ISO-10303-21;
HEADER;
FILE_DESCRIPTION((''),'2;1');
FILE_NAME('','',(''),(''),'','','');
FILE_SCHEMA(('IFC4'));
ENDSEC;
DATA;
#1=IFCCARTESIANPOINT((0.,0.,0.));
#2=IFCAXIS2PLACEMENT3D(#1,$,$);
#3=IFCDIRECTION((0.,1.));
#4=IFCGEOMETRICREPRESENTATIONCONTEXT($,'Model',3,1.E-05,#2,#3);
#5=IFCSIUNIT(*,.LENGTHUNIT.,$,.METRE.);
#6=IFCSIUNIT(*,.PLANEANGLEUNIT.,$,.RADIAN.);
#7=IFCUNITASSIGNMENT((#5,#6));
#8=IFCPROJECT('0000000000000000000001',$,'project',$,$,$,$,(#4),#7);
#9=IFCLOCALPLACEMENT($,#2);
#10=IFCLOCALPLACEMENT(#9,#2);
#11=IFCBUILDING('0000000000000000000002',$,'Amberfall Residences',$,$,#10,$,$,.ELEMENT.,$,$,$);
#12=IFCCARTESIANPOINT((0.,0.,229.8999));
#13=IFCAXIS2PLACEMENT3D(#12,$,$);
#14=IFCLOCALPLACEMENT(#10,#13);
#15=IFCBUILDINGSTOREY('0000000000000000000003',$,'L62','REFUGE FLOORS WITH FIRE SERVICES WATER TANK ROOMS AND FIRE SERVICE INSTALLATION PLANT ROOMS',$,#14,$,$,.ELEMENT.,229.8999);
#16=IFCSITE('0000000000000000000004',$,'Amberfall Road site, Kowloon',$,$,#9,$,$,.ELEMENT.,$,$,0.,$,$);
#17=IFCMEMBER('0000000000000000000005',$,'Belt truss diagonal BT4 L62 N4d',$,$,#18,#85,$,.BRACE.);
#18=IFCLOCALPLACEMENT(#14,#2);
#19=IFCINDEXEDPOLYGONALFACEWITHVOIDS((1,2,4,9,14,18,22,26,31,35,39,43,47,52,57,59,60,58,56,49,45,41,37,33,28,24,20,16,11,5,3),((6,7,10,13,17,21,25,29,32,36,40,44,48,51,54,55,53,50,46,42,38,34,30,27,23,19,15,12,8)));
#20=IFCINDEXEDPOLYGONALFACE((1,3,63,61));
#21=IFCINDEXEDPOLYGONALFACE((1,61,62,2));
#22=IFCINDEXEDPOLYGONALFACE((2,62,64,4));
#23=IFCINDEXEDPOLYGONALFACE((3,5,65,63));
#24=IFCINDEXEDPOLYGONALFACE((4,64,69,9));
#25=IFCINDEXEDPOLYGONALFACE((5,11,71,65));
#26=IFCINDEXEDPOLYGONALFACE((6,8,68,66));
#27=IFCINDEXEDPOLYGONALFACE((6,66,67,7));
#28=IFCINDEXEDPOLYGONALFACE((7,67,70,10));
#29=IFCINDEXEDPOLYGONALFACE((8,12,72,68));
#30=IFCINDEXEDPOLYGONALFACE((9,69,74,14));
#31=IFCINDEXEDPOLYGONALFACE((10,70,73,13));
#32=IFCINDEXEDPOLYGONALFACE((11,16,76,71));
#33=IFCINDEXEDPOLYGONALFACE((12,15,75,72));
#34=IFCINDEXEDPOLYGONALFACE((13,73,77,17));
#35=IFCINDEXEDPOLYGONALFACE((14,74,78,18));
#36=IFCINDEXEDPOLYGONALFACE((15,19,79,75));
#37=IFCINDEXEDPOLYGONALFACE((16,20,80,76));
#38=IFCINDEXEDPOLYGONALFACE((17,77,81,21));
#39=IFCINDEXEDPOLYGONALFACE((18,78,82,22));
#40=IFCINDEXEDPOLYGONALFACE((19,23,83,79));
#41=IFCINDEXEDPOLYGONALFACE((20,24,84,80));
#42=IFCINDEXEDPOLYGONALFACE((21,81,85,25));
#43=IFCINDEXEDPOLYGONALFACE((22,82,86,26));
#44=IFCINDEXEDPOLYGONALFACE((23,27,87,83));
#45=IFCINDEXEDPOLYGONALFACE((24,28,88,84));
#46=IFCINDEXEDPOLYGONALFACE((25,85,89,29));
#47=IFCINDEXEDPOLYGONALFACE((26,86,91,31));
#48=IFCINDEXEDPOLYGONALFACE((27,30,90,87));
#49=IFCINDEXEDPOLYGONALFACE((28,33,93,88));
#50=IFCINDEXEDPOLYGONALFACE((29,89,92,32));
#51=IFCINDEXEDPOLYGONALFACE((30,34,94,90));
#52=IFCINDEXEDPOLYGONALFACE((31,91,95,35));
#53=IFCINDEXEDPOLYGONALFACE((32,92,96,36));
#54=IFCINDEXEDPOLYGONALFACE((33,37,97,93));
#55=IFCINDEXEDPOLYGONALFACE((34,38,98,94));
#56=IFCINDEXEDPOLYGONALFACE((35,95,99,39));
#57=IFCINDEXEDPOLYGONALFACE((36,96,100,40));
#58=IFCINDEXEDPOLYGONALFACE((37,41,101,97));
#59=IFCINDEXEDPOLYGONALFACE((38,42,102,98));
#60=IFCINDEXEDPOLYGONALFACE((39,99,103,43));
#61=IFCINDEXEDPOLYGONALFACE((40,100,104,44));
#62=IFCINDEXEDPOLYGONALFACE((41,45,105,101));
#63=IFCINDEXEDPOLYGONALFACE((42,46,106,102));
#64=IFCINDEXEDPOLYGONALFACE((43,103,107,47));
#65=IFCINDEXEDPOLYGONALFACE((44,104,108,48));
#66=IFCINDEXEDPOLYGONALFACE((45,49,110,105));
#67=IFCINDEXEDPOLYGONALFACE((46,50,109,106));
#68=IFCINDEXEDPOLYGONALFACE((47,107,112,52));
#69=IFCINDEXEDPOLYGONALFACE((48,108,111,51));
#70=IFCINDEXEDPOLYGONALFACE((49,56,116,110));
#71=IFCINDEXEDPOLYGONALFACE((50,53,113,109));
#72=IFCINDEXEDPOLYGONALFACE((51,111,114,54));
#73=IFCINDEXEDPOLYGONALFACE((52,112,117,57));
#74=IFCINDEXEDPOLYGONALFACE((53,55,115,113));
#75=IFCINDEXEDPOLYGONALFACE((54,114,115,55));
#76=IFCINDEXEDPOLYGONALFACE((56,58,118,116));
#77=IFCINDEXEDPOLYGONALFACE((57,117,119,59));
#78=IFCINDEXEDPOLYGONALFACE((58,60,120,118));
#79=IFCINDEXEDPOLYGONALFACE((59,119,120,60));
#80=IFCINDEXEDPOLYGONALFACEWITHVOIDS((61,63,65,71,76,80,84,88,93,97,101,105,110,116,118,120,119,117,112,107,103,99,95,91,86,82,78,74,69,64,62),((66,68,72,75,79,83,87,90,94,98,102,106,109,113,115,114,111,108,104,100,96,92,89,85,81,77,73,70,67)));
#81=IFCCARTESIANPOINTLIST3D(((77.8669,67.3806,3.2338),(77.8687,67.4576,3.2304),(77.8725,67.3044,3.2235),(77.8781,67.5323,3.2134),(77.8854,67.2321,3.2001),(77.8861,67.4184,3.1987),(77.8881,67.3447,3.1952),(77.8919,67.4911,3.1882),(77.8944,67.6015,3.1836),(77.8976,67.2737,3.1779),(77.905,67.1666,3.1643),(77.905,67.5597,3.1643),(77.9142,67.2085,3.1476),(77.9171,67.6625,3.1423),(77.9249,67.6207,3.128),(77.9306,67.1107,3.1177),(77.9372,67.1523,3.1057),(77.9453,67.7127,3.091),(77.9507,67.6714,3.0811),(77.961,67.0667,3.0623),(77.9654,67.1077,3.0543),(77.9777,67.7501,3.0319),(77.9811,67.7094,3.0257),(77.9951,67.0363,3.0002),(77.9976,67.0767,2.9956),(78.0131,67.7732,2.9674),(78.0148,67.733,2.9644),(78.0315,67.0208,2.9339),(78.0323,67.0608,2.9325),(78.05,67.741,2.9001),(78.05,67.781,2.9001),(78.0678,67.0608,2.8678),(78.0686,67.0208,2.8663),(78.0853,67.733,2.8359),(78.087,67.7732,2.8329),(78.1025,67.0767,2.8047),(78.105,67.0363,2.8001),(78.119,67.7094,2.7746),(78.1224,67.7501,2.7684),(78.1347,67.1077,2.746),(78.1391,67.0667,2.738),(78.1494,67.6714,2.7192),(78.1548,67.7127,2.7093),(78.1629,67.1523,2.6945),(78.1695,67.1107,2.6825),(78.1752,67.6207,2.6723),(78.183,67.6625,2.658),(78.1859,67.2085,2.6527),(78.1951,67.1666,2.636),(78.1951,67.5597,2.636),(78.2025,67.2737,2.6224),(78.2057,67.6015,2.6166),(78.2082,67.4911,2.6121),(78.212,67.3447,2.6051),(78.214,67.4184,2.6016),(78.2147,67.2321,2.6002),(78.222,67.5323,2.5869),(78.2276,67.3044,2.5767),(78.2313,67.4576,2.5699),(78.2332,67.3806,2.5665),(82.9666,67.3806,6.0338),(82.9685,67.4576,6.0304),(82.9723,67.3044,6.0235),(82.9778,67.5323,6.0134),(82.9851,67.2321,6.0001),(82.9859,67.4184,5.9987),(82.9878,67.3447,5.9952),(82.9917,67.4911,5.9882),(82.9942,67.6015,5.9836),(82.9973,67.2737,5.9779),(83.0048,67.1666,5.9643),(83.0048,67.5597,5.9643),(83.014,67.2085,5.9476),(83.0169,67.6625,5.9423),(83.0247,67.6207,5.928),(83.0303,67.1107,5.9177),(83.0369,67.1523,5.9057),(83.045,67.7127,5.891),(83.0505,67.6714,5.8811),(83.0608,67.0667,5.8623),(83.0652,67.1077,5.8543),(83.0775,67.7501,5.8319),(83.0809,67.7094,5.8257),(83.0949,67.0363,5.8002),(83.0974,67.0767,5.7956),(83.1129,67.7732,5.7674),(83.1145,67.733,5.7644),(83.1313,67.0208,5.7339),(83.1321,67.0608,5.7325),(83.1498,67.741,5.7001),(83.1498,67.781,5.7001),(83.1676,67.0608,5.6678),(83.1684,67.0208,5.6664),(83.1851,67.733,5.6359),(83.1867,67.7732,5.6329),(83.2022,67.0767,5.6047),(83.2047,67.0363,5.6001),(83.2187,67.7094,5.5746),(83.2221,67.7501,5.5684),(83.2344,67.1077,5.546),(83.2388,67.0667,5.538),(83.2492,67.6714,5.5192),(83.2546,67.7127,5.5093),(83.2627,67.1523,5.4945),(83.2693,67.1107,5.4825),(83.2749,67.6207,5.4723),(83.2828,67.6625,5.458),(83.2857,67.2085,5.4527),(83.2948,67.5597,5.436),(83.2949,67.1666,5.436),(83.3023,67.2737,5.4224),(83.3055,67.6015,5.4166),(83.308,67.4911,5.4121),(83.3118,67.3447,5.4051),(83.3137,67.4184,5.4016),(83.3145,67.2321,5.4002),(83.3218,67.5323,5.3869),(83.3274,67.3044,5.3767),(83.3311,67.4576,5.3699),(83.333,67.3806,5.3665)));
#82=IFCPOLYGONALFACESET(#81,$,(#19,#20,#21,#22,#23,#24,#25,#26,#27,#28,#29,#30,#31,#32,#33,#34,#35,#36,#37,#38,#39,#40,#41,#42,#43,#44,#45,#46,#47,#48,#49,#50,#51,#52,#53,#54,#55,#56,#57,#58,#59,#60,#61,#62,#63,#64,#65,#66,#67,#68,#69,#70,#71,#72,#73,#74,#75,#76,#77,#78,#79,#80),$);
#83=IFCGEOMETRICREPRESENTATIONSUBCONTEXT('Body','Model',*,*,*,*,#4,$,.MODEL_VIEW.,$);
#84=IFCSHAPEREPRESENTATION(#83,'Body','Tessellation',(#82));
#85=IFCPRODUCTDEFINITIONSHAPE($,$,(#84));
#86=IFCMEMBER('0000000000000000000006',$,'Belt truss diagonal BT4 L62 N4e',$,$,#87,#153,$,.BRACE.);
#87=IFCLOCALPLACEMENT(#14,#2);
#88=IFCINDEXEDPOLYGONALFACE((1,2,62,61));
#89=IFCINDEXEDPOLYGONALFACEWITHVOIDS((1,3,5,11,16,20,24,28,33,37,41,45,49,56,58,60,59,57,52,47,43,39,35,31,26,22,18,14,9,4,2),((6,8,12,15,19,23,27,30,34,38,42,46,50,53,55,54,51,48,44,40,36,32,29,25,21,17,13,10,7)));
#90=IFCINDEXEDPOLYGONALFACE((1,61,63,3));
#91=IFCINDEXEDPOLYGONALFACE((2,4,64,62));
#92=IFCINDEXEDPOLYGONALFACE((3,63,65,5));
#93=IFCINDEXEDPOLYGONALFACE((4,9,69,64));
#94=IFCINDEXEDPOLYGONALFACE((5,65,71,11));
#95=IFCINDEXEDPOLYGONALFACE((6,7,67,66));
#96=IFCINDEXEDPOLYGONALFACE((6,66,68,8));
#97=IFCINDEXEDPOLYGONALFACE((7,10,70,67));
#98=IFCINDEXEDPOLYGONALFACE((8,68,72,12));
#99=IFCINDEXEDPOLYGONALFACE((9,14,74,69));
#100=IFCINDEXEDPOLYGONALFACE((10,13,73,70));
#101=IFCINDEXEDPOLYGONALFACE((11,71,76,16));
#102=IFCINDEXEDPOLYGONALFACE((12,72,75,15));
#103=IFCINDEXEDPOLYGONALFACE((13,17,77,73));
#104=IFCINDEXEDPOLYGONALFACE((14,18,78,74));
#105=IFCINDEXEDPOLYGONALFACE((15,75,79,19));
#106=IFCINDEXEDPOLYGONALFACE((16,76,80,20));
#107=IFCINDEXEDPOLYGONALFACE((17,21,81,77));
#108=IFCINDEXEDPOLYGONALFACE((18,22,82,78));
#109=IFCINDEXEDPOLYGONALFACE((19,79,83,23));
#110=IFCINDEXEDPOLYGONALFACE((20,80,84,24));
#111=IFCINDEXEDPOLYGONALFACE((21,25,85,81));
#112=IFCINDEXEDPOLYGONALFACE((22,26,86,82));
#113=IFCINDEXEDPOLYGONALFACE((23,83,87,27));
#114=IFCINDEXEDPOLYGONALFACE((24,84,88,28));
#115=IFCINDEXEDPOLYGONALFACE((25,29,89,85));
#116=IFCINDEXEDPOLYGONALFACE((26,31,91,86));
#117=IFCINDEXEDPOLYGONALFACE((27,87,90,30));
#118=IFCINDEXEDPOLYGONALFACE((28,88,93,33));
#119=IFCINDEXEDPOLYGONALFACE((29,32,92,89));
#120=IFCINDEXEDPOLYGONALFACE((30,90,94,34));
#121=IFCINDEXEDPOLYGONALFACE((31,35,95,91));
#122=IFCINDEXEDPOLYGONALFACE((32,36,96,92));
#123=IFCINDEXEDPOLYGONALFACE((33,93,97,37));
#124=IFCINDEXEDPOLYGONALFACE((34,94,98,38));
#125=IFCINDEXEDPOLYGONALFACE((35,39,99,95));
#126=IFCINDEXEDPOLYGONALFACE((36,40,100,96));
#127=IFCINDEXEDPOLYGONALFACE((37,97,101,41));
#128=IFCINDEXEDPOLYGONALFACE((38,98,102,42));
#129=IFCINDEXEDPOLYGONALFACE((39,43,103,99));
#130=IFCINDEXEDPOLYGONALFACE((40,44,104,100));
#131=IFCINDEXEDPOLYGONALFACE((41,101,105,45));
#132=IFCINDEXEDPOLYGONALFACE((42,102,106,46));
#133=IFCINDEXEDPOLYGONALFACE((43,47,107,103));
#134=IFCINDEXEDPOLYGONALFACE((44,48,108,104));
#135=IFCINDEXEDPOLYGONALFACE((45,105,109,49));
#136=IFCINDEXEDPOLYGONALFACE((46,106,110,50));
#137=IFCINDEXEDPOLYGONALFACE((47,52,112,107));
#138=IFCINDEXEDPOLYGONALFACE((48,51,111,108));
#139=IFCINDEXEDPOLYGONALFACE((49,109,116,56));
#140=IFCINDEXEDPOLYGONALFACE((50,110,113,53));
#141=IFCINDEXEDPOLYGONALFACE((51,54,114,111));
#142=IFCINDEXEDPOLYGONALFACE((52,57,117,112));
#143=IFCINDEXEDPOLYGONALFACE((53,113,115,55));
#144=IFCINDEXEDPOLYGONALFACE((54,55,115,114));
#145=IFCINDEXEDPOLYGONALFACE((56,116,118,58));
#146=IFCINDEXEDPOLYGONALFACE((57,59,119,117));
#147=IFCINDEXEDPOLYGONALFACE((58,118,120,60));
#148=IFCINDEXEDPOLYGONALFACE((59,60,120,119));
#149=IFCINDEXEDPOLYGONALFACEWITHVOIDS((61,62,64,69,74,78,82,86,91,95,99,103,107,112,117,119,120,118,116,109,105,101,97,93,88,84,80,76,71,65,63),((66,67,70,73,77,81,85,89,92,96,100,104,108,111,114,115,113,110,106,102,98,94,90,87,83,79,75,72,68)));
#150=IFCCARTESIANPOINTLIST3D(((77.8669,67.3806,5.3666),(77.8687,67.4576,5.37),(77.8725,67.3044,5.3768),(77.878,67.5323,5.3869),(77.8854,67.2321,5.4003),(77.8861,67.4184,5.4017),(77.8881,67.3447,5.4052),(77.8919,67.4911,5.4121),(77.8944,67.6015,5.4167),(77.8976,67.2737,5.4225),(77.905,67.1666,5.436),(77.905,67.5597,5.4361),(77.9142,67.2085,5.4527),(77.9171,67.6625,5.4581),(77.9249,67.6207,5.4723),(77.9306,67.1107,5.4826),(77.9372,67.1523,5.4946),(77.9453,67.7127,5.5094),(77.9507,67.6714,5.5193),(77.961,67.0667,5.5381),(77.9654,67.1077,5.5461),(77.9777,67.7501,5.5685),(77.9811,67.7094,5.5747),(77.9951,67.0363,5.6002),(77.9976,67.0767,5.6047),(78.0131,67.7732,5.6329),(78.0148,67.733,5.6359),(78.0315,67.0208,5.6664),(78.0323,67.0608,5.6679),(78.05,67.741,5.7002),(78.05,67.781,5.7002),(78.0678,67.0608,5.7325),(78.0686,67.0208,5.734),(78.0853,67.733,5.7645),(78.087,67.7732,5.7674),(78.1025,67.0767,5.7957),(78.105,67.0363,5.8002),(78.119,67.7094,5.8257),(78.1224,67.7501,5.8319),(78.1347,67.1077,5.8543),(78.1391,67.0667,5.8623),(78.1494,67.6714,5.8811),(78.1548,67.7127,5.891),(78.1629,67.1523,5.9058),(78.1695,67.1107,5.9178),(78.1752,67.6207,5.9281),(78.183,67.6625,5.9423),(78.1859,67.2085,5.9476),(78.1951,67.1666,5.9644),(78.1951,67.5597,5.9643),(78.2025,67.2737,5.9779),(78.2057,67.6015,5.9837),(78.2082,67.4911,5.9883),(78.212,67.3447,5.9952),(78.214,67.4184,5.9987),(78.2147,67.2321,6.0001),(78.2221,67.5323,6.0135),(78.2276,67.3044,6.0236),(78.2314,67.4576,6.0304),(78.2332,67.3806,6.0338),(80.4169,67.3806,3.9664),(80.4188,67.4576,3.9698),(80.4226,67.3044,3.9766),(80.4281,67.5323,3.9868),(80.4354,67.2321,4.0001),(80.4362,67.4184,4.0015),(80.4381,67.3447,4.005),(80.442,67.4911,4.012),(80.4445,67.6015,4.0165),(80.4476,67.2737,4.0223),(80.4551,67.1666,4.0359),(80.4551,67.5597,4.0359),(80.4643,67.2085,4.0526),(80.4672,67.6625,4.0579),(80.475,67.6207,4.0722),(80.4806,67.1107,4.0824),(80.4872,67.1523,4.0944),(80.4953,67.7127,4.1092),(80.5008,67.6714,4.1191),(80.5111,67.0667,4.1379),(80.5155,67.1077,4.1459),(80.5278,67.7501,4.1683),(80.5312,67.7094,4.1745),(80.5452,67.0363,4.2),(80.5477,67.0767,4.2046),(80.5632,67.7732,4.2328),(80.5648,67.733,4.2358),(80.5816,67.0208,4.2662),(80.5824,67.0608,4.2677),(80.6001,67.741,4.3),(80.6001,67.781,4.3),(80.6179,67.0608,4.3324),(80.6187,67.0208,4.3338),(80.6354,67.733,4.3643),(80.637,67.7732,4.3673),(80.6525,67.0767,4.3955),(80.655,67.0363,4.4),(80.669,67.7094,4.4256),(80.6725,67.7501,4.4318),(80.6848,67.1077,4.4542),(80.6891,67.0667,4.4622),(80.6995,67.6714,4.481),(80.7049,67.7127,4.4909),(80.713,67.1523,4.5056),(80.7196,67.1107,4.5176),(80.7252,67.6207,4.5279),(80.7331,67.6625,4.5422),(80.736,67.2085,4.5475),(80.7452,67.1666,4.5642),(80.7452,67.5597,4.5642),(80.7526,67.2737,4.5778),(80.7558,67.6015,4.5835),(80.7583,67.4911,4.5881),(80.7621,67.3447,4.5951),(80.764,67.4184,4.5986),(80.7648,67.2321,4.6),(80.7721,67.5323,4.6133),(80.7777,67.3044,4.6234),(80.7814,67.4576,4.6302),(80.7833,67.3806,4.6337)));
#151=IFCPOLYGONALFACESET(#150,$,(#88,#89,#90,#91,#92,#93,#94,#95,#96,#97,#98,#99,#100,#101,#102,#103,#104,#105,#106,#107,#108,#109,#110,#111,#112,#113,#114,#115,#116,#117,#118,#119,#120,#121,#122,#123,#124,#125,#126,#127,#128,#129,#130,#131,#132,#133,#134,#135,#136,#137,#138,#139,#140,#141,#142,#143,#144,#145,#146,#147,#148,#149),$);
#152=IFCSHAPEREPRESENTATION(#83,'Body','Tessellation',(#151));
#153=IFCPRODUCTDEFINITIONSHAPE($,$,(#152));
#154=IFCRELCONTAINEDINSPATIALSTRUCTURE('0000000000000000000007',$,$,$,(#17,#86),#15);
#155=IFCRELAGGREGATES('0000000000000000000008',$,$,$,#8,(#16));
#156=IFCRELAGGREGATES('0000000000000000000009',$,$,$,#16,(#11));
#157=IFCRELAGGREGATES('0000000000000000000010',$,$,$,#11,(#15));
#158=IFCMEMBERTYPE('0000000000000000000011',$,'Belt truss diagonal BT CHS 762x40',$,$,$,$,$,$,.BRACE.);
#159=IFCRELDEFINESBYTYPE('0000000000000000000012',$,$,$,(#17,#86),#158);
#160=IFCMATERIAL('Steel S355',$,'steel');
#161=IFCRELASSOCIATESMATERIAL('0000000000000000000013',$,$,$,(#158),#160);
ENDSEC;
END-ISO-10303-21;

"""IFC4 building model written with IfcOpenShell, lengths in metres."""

from ifc_helpers import new_model, si_unit, direction, frame, origin, origin_2d, place, context, subcontext, project, spatial, hollow_circle, extrude, material, material_profile, profile_set, type_object, element, save


model = new_model("IFC4")

# Units and contexts
model_context = context("Model", 3, precision=1e-05, world=origin(), true_north=direction((0.0, 1.0)))
body_context = subcontext(model_context, "Body", "Model", "MODEL_VIEW")
ifc_project = project(units=[si_unit("LENGTHUNIT", "METRE"), si_unit("PLANEANGLEUNIT", "RADIAN")], contexts=[model_context])

# Site, building, storey
site_placement = place(None, origin())
site = spatial("IfcSite", under=ifc_project, at=site_placement, Name="Amberfall Road site, Kowloon", CompositionType="ELEMENT", RefElevation=0.0)
building_placement = place(site_placement, origin())
building = spatial("IfcBuilding", under=site, at=building_placement, Name="Amberfall Residences", CompositionType="ELEMENT")
storey_placement = place(building_placement, frame((0.0, 0.0, 229.8999)))
storey = spatial("IfcBuildingStorey", under=building, at=storey_placement, Name="L62", Description="REFUGE FLOORS WITH FIRE SERVICES WATER TANK ROOMS AND FIRE SERVICE INSTALLATION PLANT ROOMS", CompositionType="ELEMENT", Elevation=229.8999)

# Shared definitions
ifc_material_1 = material(Name="Steel S355", Category="steel")

# Members
ifc_material_profile_1 = material_profile(ifc_material_1, hollow_circle(Radius=0.3811, WallThickness=0.04, at=origin_2d()), Name="CHS 762x40")
ifc_profile_set_1 = profile_set([ifc_material_profile_1], Name="Steel S355")
member_type = type_object("IfcMemberType", Name="Belt truss diagonal BT CHS 762x40", PredefinedType="BRACE", material=ifc_profile_set_1)
member_1_placement = place(storey_placement, frame((78.05, 67.3999, 2.9001), z_axis=(0.876569, 0.0, 0.481276), x_axis=(0.0, 1.0, 0.0)))
element("IfcMember", 1, at=member_1_placement, inside=storey, type_object=member_type, Name="Belt truss diagonal BT4 L62 N4d", PredefinedType="BRACE", context=body_context, shape_type="SweptSolid", body=[
    extrude(hollow_circle(Radius=0.3811, WallThickness=0.04, at=origin_2d()), origin(), (0.0, 0.0, 1.0), 5.8179),
])
member_2_placement = place(storey_placement, frame((78.05, 67.3999, 5.7002), z_axis=(0.876561, 0.0, -0.48129), x_axis=(0.0, 1.0, 0.0)))
element("IfcMember", 2, at=member_2_placement, inside=storey, type_object=member_type, Name="Belt truss diagonal BT4 L62 N4e", PredefinedType="BRACE", context=body_context, shape_type="SweptSolid", body=[
    extrude(hollow_circle(Radius=0.3811, WallThickness=0.04, at=origin_2d()), origin(), (0.0, 0.0, 1.0), 2.9092),
])

save(model, "model.ifc")
